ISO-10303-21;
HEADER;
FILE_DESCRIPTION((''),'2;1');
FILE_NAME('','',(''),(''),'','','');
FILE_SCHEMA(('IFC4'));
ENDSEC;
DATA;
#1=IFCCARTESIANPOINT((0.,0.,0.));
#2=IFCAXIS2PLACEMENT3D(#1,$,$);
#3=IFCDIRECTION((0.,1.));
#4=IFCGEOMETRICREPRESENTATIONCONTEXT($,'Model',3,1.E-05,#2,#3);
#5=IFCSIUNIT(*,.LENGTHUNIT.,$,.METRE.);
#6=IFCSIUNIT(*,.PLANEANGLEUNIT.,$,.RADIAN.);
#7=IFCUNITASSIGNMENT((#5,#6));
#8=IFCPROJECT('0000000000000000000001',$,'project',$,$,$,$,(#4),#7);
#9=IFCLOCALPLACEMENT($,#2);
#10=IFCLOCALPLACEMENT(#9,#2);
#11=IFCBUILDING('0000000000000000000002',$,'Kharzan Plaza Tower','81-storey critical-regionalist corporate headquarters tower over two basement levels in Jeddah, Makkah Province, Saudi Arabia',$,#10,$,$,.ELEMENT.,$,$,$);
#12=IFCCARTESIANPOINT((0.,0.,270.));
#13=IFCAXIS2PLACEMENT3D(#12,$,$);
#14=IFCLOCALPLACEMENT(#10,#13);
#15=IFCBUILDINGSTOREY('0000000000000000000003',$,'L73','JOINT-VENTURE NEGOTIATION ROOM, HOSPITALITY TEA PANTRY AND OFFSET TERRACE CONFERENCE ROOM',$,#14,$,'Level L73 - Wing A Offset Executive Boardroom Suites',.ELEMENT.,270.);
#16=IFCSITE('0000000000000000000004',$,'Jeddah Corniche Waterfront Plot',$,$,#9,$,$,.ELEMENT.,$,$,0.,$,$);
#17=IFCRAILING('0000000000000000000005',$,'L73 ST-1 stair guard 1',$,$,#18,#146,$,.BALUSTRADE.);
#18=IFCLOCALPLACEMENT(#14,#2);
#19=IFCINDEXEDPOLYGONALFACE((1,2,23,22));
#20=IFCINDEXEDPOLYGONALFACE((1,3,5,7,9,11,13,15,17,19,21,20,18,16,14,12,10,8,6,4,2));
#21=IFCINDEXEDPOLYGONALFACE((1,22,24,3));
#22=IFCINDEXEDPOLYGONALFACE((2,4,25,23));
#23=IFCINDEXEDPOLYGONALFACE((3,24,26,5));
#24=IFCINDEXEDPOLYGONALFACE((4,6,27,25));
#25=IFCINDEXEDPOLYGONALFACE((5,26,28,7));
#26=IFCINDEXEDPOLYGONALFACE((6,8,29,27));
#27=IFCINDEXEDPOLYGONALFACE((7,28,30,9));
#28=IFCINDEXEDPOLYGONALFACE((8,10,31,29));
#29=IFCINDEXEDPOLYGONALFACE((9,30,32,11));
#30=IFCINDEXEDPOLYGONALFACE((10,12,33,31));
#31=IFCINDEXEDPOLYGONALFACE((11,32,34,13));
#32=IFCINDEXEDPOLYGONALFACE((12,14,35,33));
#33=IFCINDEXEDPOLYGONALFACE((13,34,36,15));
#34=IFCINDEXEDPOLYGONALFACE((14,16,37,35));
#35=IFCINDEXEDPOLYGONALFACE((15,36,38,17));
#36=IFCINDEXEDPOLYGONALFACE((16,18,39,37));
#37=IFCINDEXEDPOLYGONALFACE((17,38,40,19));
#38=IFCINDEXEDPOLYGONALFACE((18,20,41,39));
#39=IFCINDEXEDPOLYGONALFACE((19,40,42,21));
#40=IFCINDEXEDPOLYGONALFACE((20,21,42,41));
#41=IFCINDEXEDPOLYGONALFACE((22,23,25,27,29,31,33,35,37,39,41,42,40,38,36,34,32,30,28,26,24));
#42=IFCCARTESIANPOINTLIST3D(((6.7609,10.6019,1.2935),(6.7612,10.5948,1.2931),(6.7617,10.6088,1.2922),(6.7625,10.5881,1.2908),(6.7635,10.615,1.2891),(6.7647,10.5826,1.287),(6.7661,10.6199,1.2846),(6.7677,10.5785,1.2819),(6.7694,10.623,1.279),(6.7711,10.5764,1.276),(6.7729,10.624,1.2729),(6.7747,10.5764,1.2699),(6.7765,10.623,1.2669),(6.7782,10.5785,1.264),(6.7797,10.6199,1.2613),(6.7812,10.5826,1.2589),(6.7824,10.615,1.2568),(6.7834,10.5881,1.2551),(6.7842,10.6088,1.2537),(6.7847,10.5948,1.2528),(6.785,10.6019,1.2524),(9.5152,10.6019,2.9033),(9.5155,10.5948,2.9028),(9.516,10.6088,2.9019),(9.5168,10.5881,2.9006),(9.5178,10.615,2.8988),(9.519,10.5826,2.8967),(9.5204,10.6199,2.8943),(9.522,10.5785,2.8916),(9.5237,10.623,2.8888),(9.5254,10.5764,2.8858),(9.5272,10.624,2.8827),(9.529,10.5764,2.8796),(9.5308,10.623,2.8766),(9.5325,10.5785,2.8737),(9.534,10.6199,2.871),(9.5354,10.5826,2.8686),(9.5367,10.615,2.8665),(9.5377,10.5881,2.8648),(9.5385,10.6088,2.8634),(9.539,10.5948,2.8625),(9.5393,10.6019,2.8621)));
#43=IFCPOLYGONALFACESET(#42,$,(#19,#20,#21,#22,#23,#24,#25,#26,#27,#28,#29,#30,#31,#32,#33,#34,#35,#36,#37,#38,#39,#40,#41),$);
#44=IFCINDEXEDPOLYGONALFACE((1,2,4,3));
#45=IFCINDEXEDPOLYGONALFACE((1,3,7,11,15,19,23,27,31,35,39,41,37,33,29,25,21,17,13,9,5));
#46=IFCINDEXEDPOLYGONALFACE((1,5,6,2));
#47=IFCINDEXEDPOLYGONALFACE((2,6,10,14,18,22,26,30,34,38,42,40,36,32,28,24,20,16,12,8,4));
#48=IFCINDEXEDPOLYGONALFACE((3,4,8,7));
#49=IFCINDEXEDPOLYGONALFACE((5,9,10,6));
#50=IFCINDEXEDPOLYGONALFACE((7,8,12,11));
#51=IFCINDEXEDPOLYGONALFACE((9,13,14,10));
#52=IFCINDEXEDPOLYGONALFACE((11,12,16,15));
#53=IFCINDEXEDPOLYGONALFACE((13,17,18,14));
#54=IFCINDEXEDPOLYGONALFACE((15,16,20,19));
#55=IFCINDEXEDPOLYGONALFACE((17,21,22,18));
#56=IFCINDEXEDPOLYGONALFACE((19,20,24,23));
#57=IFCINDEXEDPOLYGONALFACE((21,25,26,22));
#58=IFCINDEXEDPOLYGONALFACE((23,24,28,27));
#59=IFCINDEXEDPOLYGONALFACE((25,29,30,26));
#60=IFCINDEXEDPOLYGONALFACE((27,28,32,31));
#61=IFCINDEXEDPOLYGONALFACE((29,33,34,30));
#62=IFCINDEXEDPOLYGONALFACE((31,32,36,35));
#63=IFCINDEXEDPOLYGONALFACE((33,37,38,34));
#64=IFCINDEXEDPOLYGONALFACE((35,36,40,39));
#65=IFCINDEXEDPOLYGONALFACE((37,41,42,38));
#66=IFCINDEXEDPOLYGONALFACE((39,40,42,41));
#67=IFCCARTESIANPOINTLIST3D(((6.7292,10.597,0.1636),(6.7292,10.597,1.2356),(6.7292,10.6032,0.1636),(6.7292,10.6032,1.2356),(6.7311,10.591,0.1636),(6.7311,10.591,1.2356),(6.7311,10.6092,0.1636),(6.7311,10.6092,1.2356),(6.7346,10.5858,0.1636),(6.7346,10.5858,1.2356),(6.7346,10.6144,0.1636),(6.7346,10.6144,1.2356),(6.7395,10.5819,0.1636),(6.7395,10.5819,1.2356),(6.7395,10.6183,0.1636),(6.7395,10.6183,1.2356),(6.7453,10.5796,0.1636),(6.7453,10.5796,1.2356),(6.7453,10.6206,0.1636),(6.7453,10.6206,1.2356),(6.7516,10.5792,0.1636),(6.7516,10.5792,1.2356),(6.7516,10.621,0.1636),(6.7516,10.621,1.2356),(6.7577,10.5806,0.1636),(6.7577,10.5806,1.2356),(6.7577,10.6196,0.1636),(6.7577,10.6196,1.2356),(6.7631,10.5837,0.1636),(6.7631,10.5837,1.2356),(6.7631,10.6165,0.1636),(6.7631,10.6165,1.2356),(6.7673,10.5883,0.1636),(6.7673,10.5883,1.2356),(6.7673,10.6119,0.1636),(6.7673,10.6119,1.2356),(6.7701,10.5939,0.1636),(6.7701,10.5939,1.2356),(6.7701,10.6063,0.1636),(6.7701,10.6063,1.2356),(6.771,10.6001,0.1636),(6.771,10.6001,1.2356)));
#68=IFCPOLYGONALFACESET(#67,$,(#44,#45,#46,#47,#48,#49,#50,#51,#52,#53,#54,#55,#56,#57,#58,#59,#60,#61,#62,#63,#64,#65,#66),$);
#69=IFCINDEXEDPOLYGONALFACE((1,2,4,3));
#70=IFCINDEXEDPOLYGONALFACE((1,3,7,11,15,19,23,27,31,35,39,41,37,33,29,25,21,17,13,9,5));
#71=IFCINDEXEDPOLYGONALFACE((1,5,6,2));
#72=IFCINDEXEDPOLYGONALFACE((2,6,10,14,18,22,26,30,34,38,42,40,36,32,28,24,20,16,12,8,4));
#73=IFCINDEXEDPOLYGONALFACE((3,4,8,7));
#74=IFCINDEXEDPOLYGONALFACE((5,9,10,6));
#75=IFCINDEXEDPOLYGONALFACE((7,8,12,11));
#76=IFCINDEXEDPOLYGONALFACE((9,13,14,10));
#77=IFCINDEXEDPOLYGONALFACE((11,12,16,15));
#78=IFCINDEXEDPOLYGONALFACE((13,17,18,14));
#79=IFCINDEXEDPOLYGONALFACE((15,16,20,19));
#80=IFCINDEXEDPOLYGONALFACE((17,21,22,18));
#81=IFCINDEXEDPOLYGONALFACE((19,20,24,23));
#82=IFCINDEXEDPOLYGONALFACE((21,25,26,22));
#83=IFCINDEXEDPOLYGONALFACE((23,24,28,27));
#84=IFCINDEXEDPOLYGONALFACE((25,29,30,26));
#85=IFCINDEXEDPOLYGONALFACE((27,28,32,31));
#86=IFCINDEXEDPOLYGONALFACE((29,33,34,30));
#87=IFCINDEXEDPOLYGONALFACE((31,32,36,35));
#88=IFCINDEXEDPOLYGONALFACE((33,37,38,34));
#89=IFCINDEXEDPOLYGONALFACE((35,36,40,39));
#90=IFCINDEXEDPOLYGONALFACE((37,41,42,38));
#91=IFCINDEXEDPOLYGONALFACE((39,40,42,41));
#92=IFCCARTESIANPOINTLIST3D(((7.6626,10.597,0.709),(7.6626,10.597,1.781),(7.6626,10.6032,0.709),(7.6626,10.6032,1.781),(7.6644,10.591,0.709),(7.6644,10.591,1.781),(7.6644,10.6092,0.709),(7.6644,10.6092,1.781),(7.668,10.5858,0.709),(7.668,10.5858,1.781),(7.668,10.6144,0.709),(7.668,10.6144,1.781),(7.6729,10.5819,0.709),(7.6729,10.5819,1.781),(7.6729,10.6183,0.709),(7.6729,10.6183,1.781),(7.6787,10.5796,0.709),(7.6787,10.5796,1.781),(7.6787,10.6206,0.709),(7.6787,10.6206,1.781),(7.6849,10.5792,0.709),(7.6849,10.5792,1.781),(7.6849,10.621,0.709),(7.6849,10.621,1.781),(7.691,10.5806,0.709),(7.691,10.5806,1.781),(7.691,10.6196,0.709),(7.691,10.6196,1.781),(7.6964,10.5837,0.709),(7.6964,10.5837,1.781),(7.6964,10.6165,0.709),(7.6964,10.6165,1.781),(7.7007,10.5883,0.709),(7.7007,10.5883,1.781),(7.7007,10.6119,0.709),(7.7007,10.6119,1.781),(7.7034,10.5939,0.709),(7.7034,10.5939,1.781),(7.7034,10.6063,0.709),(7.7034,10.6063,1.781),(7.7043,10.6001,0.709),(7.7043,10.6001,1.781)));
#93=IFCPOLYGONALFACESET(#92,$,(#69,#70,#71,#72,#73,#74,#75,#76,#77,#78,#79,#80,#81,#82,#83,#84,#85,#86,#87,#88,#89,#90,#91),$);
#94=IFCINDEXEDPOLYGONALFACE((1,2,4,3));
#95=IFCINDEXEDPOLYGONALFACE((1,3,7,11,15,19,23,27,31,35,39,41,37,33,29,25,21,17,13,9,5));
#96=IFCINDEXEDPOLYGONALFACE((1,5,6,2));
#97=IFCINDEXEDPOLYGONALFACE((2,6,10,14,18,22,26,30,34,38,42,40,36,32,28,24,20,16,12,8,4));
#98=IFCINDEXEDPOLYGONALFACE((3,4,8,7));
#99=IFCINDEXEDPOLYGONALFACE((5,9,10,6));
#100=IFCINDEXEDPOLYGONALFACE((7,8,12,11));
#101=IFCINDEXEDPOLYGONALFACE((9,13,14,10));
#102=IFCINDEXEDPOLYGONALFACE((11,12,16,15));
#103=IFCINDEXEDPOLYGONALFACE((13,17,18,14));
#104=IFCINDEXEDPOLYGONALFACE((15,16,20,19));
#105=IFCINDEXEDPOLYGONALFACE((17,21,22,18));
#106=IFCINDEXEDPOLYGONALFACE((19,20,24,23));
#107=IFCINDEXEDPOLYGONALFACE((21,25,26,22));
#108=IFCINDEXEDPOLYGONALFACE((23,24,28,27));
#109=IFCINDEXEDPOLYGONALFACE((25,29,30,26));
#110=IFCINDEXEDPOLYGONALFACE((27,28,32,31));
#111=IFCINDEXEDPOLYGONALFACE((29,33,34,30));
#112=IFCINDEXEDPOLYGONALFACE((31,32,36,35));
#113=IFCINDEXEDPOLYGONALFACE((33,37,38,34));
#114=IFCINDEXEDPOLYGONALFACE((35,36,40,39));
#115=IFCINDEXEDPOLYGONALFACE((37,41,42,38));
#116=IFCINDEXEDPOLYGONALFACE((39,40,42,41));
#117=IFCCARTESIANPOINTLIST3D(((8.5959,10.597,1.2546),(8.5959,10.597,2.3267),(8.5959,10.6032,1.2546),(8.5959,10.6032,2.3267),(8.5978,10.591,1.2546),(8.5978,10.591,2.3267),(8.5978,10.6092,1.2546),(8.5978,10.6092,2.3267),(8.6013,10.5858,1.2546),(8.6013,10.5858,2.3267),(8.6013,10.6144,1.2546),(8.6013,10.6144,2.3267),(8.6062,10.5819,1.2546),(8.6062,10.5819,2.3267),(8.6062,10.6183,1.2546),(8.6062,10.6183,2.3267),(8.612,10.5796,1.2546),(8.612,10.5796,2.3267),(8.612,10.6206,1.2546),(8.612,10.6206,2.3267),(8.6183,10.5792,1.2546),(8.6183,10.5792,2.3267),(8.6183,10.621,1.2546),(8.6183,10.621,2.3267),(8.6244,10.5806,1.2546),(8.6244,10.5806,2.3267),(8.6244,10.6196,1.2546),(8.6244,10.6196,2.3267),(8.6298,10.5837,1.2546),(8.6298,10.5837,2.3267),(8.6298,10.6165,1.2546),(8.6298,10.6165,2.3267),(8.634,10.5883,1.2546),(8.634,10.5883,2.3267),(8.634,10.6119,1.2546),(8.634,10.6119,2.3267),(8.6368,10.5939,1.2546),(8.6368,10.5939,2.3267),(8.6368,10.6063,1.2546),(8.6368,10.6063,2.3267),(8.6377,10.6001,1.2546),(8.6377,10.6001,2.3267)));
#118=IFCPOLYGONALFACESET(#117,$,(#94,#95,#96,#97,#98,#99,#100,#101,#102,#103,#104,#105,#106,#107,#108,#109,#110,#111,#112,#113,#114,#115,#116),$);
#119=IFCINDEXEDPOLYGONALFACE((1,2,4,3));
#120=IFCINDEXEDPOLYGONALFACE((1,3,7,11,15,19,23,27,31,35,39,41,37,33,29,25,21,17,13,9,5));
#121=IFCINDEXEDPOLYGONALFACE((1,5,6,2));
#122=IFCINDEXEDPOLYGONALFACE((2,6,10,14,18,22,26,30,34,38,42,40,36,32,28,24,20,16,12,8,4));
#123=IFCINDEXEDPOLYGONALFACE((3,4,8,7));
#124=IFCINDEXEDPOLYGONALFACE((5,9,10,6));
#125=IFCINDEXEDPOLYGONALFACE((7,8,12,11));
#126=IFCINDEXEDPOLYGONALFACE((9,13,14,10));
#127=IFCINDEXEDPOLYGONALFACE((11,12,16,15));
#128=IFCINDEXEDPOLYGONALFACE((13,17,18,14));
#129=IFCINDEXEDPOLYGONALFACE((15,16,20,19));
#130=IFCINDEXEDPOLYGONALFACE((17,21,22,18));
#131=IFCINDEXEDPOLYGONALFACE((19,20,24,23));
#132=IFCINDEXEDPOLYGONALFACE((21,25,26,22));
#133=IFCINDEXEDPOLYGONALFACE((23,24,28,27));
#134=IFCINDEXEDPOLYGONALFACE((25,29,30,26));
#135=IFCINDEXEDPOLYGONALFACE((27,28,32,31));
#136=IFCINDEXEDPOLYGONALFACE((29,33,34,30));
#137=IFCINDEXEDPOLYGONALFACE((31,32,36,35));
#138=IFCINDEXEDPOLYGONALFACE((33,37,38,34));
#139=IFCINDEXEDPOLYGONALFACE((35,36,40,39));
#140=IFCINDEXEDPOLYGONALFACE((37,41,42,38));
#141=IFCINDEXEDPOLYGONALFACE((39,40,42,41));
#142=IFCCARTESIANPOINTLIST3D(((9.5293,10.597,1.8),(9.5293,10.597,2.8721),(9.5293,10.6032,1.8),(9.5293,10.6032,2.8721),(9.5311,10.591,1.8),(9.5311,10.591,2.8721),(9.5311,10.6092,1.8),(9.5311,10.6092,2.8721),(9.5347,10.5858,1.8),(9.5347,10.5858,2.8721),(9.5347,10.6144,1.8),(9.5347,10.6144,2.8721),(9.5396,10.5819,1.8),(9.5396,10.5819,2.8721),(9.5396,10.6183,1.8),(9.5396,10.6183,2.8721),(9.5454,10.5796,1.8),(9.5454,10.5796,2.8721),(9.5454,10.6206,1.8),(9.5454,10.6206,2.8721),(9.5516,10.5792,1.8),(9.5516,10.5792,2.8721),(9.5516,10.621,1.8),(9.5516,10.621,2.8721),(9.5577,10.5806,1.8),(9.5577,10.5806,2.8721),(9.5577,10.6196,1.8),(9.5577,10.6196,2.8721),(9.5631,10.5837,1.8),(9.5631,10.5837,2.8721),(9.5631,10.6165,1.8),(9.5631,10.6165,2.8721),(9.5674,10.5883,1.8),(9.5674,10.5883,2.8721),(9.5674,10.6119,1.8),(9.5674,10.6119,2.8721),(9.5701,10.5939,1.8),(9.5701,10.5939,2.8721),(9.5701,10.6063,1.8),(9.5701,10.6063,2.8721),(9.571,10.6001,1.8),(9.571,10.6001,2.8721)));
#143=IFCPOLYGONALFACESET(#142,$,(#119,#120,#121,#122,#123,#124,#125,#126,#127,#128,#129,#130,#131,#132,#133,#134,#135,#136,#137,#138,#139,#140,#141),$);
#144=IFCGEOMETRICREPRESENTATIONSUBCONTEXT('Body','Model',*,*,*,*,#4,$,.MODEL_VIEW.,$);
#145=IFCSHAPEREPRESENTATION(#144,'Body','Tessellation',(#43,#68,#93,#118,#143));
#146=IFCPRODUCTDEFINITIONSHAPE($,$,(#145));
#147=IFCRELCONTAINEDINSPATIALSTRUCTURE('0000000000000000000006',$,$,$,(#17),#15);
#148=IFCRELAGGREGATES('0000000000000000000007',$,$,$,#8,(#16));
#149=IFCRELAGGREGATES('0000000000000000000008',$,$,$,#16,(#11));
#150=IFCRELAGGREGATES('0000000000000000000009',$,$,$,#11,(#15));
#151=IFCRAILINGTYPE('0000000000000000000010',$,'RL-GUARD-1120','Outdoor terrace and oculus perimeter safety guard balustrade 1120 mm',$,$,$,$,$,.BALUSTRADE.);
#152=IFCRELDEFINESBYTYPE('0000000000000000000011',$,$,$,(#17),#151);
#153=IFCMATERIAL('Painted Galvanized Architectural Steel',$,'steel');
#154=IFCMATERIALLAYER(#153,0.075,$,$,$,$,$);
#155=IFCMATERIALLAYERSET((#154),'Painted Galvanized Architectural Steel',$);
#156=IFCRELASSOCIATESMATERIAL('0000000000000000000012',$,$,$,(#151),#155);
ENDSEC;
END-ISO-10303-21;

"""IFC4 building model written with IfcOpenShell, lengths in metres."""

from ifc_helpers import new_model, si_unit, direction, frame, origin, origin_2d, place, context, subcontext, project, spatial, circle, extrude, source, transform, mapped, material, layer, layer_set, type_object, element, save


model = new_model("IFC4")

# Units and contexts
model_context = context("Model", 3, precision=1e-05, world=origin(), true_north=direction((0.0, 1.0)))
body_context = subcontext(model_context, "Body", "Model", "MODEL_VIEW")
ifc_project = project(units=[si_unit("LENGTHUNIT", "METRE"), si_unit("PLANEANGLEUNIT", "RADIAN")], contexts=[model_context])

# Site, building, storey
site_placement = place(None, origin())
site = spatial("IfcSite", under=ifc_project, at=site_placement, Name="Jeddah Corniche Waterfront Plot", CompositionType="ELEMENT", RefElevation=0.0)
building_placement = place(site_placement, origin())
building = spatial("IfcBuilding", under=site, at=building_placement, Name="Kharzan Plaza Tower", Description="81-storey critical-regionalist corporate headquarters tower over two basement levels in Jeddah, Makkah Province, Saudi Arabia", CompositionType="ELEMENT")
storey_placement = place(building_placement, frame((0.0, 0.0, 270.0)))
storey = spatial("IfcBuildingStorey", under=building, at=storey_placement, Name="L73", Description="JOINT-VENTURE NEGOTIATION ROOM, HOSPITALITY TEA PANTRY AND OFFSET TERRACE CONFERENCE ROOM", LongName="Level L73 - Wing A Offset Executive Boardroom Suites", CompositionType="ELEMENT", Elevation=270.0)

# Railing
ifc_material_1 = material(Name="Painted Galvanized Architectural Steel", Category="steel")
ifc_layer_1 = layer(ifc_material_1, 0.075)
ifc_layer_set_1 = layer_set([ifc_layer_1], Name="Painted Galvanized Architectural Steel")
railing_type_1 = type_object("IfcRailingType", Name="RL-GUARD-1120", Description="Outdoor terrace and oculus perimeter safety guard balustrade 1120 mm", PredefinedType="BALUSTRADE", material=ifc_layer_set_1)
shared_shape_1 = source(origin(), body_context, "Body", "SweptSolid", [
    extrude(circle(Radius=0.0239, at=origin_2d()), frame((0.0229, 0.0, 1.1094), z_axis=(0.863361, 0.0, 0.504587), x_axis=(0.0, 1.0, 0.0)), (0.0, 0.0, 1.0), 3.1902),
    extrude(circle(Radius=0.021, at=origin_2d()), origin(), (0.0, 0.0, 1.0), 1.072),
    extrude(circle(Radius=0.021, at=origin_2d()), frame((0.9333, 0.0, 0.5454)), (0.0, 0.0, 1.0), 1.072),
    extrude(circle(Radius=0.021, at=origin_2d()), frame((1.8667, 0.0, 1.0911)), (0.0, 0.0, 1.0), 1.072),
    extrude(circle(Radius=0.021, at=origin_2d()), frame((2.8, 0.0, 1.6365)), (0.0, 0.0, 1.0), 1.072),
])
railing_1_placement = place(storey_placement, frame((6.75, 10.6001, 0.1636)))
element("IfcRailing", 1, at=railing_1_placement, inside=storey, type_object=railing_type_1, Name="L73 ST-1 stair guard 1", PredefinedType="BALUSTRADE", context=body_context, shape_type="MappedRepresentation", body=[
    mapped(shared_shape_1, transform((0.0, 0.0, 0.0), x_axis=(1.0, 0.0, 0.0), y_axis=(0.0, 1.0, 0.0), z_axis=(0.0, 0.0, 1.0))),
])

save(model, "model.ifc")
